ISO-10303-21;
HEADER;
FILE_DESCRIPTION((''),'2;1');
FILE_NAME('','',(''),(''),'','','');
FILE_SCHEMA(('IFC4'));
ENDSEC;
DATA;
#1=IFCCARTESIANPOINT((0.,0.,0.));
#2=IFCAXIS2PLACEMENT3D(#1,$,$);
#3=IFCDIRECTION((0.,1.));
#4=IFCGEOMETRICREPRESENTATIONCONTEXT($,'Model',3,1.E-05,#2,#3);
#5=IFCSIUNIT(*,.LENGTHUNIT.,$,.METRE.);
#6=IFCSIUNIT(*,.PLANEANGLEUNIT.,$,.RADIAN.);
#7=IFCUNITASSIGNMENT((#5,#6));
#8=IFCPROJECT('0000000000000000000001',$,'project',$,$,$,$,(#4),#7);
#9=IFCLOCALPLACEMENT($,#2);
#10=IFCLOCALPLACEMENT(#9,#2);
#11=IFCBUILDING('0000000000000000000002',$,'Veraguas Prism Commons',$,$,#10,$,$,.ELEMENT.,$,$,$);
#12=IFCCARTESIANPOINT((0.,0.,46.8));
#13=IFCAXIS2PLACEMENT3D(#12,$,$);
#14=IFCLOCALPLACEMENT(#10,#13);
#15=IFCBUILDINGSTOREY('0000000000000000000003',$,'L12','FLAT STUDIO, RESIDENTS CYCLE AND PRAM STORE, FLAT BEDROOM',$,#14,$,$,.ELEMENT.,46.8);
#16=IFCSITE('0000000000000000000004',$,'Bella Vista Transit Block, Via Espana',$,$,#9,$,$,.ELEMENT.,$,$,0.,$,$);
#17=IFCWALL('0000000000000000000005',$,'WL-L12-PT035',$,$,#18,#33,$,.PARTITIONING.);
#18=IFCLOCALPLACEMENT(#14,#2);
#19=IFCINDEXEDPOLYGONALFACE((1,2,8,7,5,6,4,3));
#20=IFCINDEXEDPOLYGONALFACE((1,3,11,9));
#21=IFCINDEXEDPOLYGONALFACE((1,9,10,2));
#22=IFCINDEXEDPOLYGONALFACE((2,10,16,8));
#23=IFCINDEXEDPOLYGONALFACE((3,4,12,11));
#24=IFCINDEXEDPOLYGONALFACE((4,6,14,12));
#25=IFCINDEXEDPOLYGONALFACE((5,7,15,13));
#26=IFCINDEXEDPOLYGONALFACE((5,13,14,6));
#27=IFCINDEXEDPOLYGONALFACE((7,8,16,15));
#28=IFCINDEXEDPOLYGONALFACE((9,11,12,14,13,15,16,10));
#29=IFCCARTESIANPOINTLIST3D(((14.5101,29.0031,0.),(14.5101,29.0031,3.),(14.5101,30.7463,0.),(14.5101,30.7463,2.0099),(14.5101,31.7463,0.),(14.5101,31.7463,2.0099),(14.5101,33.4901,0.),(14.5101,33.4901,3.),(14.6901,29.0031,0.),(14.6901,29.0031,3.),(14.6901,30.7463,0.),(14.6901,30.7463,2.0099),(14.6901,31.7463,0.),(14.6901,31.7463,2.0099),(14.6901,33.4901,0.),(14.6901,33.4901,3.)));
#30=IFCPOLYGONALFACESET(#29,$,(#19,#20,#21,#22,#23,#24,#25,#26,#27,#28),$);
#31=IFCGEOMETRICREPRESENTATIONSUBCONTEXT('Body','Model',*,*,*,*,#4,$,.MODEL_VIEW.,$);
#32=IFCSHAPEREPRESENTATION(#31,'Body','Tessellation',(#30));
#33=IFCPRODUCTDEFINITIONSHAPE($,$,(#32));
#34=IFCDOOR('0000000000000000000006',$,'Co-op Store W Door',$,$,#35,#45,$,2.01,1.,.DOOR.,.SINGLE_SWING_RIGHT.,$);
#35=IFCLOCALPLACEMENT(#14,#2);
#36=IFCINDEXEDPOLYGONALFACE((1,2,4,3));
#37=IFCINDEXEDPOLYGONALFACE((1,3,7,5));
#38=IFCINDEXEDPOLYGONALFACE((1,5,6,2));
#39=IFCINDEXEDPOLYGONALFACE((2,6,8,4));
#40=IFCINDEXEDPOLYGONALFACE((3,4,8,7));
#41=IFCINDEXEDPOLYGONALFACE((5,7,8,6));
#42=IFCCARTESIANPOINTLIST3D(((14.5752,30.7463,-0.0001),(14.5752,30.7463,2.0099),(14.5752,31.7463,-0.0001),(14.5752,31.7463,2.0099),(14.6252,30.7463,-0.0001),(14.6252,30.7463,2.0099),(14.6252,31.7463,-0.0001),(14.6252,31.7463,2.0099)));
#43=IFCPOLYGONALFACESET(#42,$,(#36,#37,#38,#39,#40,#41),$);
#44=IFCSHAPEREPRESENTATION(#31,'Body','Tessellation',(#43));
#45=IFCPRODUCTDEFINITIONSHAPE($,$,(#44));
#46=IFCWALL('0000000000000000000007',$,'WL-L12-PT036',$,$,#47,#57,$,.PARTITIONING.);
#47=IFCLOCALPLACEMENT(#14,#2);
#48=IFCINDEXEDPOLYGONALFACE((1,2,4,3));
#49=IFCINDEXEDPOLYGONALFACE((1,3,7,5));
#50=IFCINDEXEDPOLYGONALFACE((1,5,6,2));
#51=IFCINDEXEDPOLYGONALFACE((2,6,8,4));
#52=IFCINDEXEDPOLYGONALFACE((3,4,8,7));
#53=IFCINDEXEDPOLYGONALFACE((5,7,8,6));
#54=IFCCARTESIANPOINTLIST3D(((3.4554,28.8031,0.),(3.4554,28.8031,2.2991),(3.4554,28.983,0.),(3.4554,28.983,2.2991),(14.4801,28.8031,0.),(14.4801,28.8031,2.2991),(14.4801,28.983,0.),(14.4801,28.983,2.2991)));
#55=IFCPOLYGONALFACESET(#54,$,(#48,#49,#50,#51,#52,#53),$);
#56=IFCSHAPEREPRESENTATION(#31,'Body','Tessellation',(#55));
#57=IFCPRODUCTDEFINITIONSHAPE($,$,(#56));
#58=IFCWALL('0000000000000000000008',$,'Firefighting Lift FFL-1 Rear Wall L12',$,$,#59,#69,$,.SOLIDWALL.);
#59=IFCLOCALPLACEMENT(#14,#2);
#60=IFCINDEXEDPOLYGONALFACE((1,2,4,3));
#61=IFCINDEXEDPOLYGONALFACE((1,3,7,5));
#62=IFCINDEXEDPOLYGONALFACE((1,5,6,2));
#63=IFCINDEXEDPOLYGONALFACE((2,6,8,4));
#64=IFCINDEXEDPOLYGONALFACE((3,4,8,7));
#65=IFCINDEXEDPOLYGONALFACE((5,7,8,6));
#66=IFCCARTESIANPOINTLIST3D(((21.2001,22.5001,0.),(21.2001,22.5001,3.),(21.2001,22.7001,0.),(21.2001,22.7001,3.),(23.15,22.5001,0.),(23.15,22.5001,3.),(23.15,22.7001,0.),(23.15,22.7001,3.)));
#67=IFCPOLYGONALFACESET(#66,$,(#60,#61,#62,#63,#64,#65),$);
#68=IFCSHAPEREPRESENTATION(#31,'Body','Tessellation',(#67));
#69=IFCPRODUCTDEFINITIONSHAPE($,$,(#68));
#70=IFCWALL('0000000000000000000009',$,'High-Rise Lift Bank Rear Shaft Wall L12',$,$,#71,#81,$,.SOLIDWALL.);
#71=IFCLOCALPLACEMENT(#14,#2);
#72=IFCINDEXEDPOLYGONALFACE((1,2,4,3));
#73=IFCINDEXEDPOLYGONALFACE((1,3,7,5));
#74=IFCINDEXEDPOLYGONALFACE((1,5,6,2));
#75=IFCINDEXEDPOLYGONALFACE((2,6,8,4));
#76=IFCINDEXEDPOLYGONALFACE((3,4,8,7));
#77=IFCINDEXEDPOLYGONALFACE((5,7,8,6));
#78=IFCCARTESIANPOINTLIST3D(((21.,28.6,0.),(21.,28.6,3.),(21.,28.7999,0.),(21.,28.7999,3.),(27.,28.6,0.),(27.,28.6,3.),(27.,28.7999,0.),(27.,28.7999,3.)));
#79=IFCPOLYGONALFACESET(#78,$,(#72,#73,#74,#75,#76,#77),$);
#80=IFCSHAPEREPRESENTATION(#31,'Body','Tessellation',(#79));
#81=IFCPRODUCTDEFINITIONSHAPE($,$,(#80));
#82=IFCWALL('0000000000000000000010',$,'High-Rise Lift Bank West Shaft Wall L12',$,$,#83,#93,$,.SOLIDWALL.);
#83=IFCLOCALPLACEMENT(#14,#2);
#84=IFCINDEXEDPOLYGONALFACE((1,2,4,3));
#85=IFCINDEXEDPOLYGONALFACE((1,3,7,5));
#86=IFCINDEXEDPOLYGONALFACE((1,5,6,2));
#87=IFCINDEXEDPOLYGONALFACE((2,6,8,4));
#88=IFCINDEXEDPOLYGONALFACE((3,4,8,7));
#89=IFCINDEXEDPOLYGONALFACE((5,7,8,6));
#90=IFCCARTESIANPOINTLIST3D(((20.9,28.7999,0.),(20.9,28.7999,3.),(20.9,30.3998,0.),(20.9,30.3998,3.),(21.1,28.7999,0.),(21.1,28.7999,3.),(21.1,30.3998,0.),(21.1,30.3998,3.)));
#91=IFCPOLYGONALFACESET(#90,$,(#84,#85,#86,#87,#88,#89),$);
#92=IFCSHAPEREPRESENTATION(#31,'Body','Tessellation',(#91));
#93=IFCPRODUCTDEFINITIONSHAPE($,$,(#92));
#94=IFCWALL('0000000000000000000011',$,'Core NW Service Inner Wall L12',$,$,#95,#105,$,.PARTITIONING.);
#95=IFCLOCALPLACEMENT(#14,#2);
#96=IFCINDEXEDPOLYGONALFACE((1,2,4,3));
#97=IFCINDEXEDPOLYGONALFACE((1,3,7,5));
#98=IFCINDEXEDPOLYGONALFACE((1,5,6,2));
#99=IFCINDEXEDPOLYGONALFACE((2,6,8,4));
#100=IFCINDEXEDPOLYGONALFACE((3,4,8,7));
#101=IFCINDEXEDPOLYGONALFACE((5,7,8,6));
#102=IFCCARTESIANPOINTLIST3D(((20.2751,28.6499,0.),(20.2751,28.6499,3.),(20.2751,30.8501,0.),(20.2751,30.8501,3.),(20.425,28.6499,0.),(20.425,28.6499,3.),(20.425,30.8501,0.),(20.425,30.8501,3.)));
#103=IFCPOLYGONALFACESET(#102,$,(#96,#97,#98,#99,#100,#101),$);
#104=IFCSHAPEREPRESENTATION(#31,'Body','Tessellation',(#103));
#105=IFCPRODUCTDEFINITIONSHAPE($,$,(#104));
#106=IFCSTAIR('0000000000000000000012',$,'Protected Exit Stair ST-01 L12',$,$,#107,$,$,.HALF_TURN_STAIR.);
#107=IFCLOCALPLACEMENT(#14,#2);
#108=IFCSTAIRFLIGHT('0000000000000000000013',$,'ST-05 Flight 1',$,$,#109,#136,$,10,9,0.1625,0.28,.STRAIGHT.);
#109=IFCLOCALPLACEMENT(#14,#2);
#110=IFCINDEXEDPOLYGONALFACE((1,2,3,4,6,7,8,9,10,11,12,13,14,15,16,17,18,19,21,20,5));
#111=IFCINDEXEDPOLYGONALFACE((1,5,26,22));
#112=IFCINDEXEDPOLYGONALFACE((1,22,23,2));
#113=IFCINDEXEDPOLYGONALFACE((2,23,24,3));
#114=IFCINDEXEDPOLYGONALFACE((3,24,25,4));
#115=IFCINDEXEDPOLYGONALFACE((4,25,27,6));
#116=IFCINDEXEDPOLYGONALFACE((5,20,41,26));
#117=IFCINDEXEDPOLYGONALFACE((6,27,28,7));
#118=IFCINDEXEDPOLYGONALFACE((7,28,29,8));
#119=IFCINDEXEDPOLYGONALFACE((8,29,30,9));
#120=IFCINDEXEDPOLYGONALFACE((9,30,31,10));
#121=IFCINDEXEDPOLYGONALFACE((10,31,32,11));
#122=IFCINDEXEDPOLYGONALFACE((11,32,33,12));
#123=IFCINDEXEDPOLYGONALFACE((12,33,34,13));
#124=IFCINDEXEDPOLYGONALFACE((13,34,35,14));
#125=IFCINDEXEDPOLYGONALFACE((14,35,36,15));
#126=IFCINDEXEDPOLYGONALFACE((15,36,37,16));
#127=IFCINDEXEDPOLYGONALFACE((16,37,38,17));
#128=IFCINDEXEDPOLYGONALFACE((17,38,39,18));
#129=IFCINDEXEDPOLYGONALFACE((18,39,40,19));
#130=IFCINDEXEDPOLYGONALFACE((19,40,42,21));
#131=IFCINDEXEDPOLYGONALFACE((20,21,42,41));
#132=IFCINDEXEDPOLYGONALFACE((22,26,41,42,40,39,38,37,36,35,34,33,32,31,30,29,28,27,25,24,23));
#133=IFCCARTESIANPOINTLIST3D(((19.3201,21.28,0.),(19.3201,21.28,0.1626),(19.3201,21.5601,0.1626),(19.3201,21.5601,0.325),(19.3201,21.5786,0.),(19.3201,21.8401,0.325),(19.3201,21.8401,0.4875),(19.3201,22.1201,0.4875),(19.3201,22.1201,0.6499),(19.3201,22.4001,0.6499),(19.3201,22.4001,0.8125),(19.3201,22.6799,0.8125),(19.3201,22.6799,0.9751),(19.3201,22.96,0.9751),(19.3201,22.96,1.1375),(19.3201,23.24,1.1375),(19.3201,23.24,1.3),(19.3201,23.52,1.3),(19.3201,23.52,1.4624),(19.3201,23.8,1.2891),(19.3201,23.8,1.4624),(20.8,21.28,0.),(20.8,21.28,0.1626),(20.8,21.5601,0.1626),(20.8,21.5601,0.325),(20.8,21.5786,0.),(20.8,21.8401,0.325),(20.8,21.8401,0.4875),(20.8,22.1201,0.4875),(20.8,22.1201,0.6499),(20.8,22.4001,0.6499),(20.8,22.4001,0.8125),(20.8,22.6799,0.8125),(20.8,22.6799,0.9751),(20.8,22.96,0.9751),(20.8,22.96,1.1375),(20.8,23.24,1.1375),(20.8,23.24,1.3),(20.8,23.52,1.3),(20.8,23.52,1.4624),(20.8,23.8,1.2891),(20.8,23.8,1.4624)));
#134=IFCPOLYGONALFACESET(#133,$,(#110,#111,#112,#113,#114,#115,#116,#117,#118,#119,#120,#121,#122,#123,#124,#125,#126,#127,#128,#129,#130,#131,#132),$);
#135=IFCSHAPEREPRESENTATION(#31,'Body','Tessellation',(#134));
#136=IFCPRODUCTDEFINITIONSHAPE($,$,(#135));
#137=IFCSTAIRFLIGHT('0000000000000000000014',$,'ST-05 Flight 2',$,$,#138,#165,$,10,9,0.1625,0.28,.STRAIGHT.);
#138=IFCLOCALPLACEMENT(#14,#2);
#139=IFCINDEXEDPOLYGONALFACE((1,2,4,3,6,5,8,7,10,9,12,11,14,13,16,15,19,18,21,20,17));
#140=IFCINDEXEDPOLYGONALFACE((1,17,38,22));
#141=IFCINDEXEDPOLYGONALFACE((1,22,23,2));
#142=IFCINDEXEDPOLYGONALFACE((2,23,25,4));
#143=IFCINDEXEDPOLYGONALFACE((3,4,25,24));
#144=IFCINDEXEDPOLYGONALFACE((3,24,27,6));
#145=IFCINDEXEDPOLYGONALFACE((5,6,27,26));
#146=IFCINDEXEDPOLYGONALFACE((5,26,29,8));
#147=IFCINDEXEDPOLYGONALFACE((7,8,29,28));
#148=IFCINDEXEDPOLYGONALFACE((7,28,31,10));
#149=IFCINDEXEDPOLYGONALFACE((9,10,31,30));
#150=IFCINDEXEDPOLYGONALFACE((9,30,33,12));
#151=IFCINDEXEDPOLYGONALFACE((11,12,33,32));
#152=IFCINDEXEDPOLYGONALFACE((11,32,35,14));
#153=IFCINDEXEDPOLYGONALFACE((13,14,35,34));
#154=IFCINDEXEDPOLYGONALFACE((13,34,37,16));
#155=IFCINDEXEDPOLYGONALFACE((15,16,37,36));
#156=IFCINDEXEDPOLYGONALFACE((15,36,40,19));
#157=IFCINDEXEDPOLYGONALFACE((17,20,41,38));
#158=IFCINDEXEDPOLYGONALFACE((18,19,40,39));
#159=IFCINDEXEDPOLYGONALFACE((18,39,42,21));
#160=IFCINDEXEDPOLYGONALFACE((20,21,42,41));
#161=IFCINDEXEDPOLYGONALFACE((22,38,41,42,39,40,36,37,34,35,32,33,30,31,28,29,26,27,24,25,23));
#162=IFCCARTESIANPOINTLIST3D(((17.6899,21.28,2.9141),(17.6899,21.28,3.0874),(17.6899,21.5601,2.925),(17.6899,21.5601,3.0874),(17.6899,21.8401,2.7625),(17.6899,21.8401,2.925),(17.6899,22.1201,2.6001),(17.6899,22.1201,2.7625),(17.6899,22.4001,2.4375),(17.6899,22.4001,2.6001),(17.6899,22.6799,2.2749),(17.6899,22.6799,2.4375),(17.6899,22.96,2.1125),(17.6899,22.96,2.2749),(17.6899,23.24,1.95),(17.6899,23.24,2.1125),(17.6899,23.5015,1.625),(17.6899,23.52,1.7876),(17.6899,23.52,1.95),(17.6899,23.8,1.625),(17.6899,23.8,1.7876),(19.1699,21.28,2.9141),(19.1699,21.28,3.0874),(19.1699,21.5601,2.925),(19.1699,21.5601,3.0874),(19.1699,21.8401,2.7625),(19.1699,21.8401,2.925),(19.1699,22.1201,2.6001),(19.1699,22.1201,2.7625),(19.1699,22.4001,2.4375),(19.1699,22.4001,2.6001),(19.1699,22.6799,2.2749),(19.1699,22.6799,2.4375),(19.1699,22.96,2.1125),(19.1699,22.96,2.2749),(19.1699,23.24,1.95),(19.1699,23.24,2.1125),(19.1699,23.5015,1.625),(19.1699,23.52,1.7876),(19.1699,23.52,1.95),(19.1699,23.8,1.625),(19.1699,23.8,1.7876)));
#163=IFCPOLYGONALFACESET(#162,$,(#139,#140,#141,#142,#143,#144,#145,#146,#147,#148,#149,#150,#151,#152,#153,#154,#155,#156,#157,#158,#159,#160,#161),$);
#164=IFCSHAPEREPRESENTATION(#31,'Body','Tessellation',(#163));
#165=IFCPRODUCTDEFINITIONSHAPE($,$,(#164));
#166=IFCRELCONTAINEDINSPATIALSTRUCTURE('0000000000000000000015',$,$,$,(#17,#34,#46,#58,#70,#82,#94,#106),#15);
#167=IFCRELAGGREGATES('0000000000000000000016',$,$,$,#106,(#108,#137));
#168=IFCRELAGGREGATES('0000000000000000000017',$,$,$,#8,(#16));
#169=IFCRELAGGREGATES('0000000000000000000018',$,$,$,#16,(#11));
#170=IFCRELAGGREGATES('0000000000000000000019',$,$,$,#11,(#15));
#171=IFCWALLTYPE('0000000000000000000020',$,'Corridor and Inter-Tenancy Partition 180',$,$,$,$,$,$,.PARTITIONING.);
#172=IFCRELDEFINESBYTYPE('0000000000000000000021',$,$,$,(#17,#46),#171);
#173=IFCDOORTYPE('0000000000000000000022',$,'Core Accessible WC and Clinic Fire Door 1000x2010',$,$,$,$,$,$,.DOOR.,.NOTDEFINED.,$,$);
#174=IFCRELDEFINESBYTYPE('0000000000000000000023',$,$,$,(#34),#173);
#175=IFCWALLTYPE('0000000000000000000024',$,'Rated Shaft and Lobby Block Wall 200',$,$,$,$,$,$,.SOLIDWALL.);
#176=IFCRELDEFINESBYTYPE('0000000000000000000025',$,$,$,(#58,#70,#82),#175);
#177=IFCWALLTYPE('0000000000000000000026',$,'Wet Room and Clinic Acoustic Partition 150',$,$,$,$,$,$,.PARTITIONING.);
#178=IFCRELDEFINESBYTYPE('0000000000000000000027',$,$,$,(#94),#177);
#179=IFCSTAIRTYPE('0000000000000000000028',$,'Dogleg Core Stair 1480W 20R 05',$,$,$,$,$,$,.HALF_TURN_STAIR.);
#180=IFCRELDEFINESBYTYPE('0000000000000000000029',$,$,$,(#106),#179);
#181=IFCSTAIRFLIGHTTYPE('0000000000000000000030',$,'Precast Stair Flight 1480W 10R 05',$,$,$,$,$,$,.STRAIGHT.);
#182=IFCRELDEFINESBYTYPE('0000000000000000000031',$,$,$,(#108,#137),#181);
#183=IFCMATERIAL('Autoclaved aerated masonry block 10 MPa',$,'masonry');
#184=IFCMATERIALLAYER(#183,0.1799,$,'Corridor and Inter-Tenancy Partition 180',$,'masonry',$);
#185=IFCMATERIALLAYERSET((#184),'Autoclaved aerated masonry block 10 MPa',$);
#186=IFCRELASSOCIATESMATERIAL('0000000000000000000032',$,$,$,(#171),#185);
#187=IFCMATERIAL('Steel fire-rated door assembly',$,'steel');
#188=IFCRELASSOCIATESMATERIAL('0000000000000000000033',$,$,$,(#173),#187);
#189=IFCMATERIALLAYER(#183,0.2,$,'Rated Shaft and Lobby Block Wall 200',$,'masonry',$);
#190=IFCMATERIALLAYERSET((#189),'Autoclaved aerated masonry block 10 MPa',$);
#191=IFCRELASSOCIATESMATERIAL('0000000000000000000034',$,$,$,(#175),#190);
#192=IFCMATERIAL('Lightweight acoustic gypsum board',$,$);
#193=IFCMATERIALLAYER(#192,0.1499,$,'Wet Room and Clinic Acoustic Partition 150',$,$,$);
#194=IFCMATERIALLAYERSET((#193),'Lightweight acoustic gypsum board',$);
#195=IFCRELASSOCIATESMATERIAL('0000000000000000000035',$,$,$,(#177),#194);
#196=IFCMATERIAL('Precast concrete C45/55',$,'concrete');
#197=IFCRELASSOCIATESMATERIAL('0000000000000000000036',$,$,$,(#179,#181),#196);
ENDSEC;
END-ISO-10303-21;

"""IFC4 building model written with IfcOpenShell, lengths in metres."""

from ifc_helpers import new_model, si_unit, direction, frame, frame_2d, origin, place, context, subcontext, project, spatial, polyline, rectangle, outline, extrude, source, transform, mapped, material, layer, layer_set, type_object, element, fill, aggregate, save


model = new_model("IFC4")

# Units and contexts
model_context = context("Model", 3, precision=1e-05, world=origin(), true_north=direction((0.0, 1.0)))
body_context = subcontext(model_context, "Body", "Model", "MODEL_VIEW")
ifc_project = project(units=[si_unit("LENGTHUNIT", "METRE"), si_unit("PLANEANGLEUNIT", "RADIAN")], contexts=[model_context])

# Site, building, storey
site_placement = place(None, origin())
site = spatial("IfcSite", under=ifc_project, at=site_placement, Name="Bella Vista Transit Block, Via Espana", CompositionType="ELEMENT", RefElevation=0.0)
building_placement = place(site_placement, origin())
building = spatial("IfcBuilding", under=site, at=building_placement, Name="Veraguas Prism Commons", CompositionType="ELEMENT")
storey_placement = place(building_placement, frame((0.0, 0.0, 46.8)))
storey = spatial("IfcBuildingStorey", under=building, at=storey_placement, Name="L12", Description="FLAT STUDIO, RESIDENTS CYCLE AND PRAM STORE, FLAT BEDROOM", CompositionType="ELEMENT", Elevation=46.8)

# Shared definitions
ifc_material_1 = material(Name="Autoclaved aerated masonry block 10 MPa", Category="masonry")
ifc_layer_1 = layer(ifc_material_1, 0.1799, Name="Corridor and Inter-Tenancy Partition 180", Category="masonry")
ifc_layer_set_1 = layer_set([ifc_layer_1], Name="Autoclaved aerated masonry block 10 MPa")
wall_type_1 = type_object("IfcWallType", Name="Corridor and Inter-Tenancy Partition 180", PredefinedType="PARTITIONING", material=ifc_layer_set_1)

# Wall, opening, door
ifc_material_2 = material(Name="Steel fire-rated door assembly", Category="steel")
door_type = type_object("IfcDoorType", Name="Core Accessible WC and Clinic Fire Door 1000x2010", OperationType="NOTDEFINED", PredefinedType="DOOR", material=ifc_material_2)
shared_shape_1 = source(origin(), body_context, "Body", "SweptSolid", [
    extrude(rectangle(XDim=1.0, YDim=2.01, at=frame_2d((0.5, 1.0049))), frame((0.0, 0.0249, 0.0), z_axis=(0.0, -1.0, 0.0), x_axis=(1.0, 0.0, 0.0)), (0.0, 0.0, 1.0), 0.05),
])
wall_1_placement = place(storey_placement, frame((14.6001, 29.0029, 0.0), z_axis=(0.0, 0.0, 1.0), x_axis=(0.0, 1.0, 0.0)))
wall_1 = element("IfcWall", 1, at=wall_1_placement, inside=storey, type_object=wall_type_1, Name="WL-L12-PT035", PredefinedType="PARTITIONING", context=body_context, shape_type="SweptSolid", body=[
    extrude(rectangle(XDim=4.4871, YDim=0.1799, at=frame_2d((2.2437, 0.0))), origin(), (0.0, 0.0, 1.0), 3.0),
])
opening_1_placement = place(wall_1_placement, frame((1.7434, 0.0, 0.0)))
opening_1 = element("IfcOpeningElement", 2, at=opening_1_placement, cuts=wall_1, PredefinedType="OPENING", context=body_context, shape_type="SweptSolid", body=[
    extrude(rectangle(XDim=1.0, YDim=2.01, at=frame_2d((0.5, 1.0049))), frame((0.0, 0.0999, 0.0), z_axis=(0.0, -1.0, 0.0), x_axis=(1.0, 0.0, 0.0)), (0.0, 0.0, 1.0), 0.2),
])
door_1_placement = place(opening_1_placement, origin())
door_1 = element("IfcDoor", 3, at=door_1_placement, inside=storey, type_object=door_type, Name="Co-op Store W Door", OperationType="SINGLE_SWING_RIGHT", OverallHeight=2.01, OverallWidth=1.0, PredefinedType="DOOR", context=body_context, shape_type="MappedRepresentation", body=[
    mapped(shared_shape_1, transform((0.0, 0.0, 0.0), scale=1.0)),
])
fill(opening_1, door_1)

# Walls
wall_2_placement = place(storey_placement, frame((14.48, 28.8931, 0.0), z_axis=(0.0, 0.0, 1.0), x_axis=(-1.0, 0.0, 0.0)))
element("IfcWall", 4, at=wall_2_placement, inside=storey, type_object=wall_type_1, Name="WL-L12-PT036", PredefinedType="PARTITIONING", context=body_context, shape_type="SweptSolid", body=[
    extrude(rectangle(XDim=11.0247, YDim=0.1799, at=frame_2d((5.5122, 0.0))), origin(), (0.0, 0.0, 1.0), 2.2991),
])
ifc_layer_2 = layer(ifc_material_1, 0.2, Name="Rated Shaft and Lobby Block Wall 200", Category="masonry")
ifc_layer_set_2 = layer_set([ifc_layer_2], Name="Autoclaved aerated masonry block 10 MPa")
wall_type_2 = type_object("IfcWallType", Name="Rated Shaft and Lobby Block Wall 200", PredefinedType="SOLIDWALL", material=ifc_layer_set_2)
wall_3_placement = place(storey_placement, frame((21.2, 22.6001, 0.0), z_axis=(0.0, 0.0, 1.0), x_axis=(1.0, 0.0, 0.0)))
element("IfcWall", 5, at=wall_3_placement, inside=storey, type_object=wall_type_2, Name="Firefighting Lift FFL-1 Rear Wall L12", PredefinedType="SOLIDWALL", context=body_context, shape_type="SweptSolid", body=[
    extrude(rectangle(XDim=1.95, YDim=0.2, at=frame_2d((0.9751, 0.0))), origin(), (0.0, 0.0, 1.0), 3.0),
])
wall_4_placement = place(storey_placement, frame((21.0, 28.7, 0.0), z_axis=(0.0, 0.0, 1.0), x_axis=(1.0, 0.0, 0.0)))
element("IfcWall", 6, at=wall_4_placement, inside=storey, type_object=wall_type_2, Name="High-Rise Lift Bank Rear Shaft Wall L12", PredefinedType="SOLIDWALL", context=body_context, shape_type="SweptSolid", body=[
    extrude(rectangle(XDim=6.0, YDim=0.2, at=frame_2d((3.0, 0.0))), origin(), (0.0, 0.0, 1.0), 3.0),
])
wall_5_placement = place(storey_placement, frame((21.0, 28.8, 0.0), z_axis=(0.0, 0.0, 1.0), x_axis=(0.0, 1.0, 0.0)))
element("IfcWall", 7, at=wall_5_placement, inside=storey, type_object=wall_type_2, Name="High-Rise Lift Bank West Shaft Wall L12", PredefinedType="SOLIDWALL", context=body_context, shape_type="SweptSolid", body=[
    extrude(rectangle(XDim=1.5999, YDim=0.2, at=frame_2d((0.7998, 0.0))), origin(), (0.0, 0.0, 1.0), 3.0),
])
ifc_material_3 = material(Name="Lightweight acoustic gypsum board")
ifc_layer_3 = layer(ifc_material_3, 0.1499, Name="Wet Room and Clinic Acoustic Partition 150")
ifc_layer_set_3 = layer_set([ifc_layer_3], Name="Lightweight acoustic gypsum board")
wall_type_3 = type_object("IfcWallType", Name="Wet Room and Clinic Acoustic Partition 150", PredefinedType="PARTITIONING", material=ifc_layer_set_3)
wall_6_placement = place(storey_placement, frame((20.3501, 28.6499, 0.0), z_axis=(0.0, 0.0, 1.0), x_axis=(0.0, 1.0, 0.0)))
element("IfcWall", 8, at=wall_6_placement, inside=storey, type_object=wall_type_3, Name="Core NW Service Inner Wall L12", PredefinedType="PARTITIONING", context=body_context, shape_type="SweptSolid", body=[
    extrude(rectangle(XDim=2.2002, YDim=0.1499, at=frame_2d((1.1001, 0.0))), origin(), (0.0, 0.0, 1.0), 3.0),
])

# Stair, stair flights
ifc_material_4 = material(Name="Precast concrete C45/55", Category="concrete")
stair_type = type_object("IfcStairType", Name="Dogleg Core Stair 1480W 20R 05", PredefinedType="HALF_TURN_STAIR", material=ifc_material_4)
stair_placement = place(storey_placement, origin())
stair = element("IfcStair", 9, at=stair_placement, inside=storey, type_object=stair_type, Name="Protected Exit Stair ST-01 L12", PredefinedType="HALF_TURN_STAIR")
stair_flight_type = type_object("IfcStairFlightType", Name="Precast Stair Flight 1480W 10R 05", PredefinedType="STRAIGHT", material=ifc_material_4)
stair_flight_1_placement = place(storey_placement, frame((20.0601, 21.28, 0.0), z_axis=(0.0, 0.0, 1.0), x_axis=(0.0, 1.0, 0.0)))
stair_flight_1 = element("IfcStairFlight", 10, at=stair_flight_1_placement, type_object=stair_flight_type, Name="ST-05 Flight 1", NumberOfRisers=10, NumberOfTreads=9, PredefinedType="STRAIGHT", RiserHeight=0.1625, TreadLength=0.28, context=body_context, shape_type="SweptSolid", body=[
    extrude(outline(polyline([(0.0, 0.0), (0.0, 0.1626), (0.28, 0.1626), (0.28, 0.325), (0.5601, 0.325), (0.5601, 0.4875), (0.8401, 0.4875), (0.8401, 0.6499), (1.1201, 0.6499), (1.1201, 0.8125), (1.3999, 0.8125), (1.3999, 0.9751), (1.6799, 0.9751), (1.6799, 1.1375), (1.96, 1.1375), (1.96, 1.3), (2.24, 1.3), (2.24, 1.4624), (2.52, 1.4624), (2.52, 1.625), (2.52, 1.2891), (0.2986, 0.0), (0.0, 0.0)])), frame((0.0, 0.74, 0.0), z_axis=(0.0, -1.0, 0.0), x_axis=(1.0, 0.0, 0.0)), (0.0, 0.0, 1.0), 1.48),
])
stair_flight_2_placement = place(storey_placement, frame((18.4299, 23.8, 1.625), z_axis=(0.0, 0.0, 1.0), x_axis=(0.0, -1.0, 0.0)))
stair_flight_2 = element("IfcStairFlight", 11, at=stair_flight_2_placement, type_object=stair_flight_type, Name="ST-05 Flight 2", NumberOfRisers=10, NumberOfTreads=9, PredefinedType="STRAIGHT", RiserHeight=0.1625, TreadLength=0.28, context=body_context, shape_type="SweptSolid", body=[
    extrude(outline(polyline([(0.0, 0.0), (0.0, 0.1626), (0.28, 0.1626), (0.28, 0.325), (0.5601, 0.325), (0.5601, 0.4875), (0.8401, 0.4875), (0.8401, 0.6499), (1.1201, 0.6499), (1.1201, 0.8125), (1.3999, 0.8125), (1.3999, 0.9751), (1.6799, 0.9751), (1.6799, 1.1375), (1.96, 1.1375), (1.96, 1.3), (2.24, 1.3), (2.24, 1.4624), (2.52, 1.4624), (2.52, 1.625), (2.52, 1.2891), (0.2986, 0.0), (0.0, 0.0)])), frame((0.0, 0.74, 0.0), z_axis=(0.0, -1.0, 0.0), x_axis=(1.0, 0.0, 0.0)), (0.0, 0.0, 1.0), 1.48),
])
aggregate(stair, [stair_flight_1, stair_flight_2])

save(model, "model.ifc")
